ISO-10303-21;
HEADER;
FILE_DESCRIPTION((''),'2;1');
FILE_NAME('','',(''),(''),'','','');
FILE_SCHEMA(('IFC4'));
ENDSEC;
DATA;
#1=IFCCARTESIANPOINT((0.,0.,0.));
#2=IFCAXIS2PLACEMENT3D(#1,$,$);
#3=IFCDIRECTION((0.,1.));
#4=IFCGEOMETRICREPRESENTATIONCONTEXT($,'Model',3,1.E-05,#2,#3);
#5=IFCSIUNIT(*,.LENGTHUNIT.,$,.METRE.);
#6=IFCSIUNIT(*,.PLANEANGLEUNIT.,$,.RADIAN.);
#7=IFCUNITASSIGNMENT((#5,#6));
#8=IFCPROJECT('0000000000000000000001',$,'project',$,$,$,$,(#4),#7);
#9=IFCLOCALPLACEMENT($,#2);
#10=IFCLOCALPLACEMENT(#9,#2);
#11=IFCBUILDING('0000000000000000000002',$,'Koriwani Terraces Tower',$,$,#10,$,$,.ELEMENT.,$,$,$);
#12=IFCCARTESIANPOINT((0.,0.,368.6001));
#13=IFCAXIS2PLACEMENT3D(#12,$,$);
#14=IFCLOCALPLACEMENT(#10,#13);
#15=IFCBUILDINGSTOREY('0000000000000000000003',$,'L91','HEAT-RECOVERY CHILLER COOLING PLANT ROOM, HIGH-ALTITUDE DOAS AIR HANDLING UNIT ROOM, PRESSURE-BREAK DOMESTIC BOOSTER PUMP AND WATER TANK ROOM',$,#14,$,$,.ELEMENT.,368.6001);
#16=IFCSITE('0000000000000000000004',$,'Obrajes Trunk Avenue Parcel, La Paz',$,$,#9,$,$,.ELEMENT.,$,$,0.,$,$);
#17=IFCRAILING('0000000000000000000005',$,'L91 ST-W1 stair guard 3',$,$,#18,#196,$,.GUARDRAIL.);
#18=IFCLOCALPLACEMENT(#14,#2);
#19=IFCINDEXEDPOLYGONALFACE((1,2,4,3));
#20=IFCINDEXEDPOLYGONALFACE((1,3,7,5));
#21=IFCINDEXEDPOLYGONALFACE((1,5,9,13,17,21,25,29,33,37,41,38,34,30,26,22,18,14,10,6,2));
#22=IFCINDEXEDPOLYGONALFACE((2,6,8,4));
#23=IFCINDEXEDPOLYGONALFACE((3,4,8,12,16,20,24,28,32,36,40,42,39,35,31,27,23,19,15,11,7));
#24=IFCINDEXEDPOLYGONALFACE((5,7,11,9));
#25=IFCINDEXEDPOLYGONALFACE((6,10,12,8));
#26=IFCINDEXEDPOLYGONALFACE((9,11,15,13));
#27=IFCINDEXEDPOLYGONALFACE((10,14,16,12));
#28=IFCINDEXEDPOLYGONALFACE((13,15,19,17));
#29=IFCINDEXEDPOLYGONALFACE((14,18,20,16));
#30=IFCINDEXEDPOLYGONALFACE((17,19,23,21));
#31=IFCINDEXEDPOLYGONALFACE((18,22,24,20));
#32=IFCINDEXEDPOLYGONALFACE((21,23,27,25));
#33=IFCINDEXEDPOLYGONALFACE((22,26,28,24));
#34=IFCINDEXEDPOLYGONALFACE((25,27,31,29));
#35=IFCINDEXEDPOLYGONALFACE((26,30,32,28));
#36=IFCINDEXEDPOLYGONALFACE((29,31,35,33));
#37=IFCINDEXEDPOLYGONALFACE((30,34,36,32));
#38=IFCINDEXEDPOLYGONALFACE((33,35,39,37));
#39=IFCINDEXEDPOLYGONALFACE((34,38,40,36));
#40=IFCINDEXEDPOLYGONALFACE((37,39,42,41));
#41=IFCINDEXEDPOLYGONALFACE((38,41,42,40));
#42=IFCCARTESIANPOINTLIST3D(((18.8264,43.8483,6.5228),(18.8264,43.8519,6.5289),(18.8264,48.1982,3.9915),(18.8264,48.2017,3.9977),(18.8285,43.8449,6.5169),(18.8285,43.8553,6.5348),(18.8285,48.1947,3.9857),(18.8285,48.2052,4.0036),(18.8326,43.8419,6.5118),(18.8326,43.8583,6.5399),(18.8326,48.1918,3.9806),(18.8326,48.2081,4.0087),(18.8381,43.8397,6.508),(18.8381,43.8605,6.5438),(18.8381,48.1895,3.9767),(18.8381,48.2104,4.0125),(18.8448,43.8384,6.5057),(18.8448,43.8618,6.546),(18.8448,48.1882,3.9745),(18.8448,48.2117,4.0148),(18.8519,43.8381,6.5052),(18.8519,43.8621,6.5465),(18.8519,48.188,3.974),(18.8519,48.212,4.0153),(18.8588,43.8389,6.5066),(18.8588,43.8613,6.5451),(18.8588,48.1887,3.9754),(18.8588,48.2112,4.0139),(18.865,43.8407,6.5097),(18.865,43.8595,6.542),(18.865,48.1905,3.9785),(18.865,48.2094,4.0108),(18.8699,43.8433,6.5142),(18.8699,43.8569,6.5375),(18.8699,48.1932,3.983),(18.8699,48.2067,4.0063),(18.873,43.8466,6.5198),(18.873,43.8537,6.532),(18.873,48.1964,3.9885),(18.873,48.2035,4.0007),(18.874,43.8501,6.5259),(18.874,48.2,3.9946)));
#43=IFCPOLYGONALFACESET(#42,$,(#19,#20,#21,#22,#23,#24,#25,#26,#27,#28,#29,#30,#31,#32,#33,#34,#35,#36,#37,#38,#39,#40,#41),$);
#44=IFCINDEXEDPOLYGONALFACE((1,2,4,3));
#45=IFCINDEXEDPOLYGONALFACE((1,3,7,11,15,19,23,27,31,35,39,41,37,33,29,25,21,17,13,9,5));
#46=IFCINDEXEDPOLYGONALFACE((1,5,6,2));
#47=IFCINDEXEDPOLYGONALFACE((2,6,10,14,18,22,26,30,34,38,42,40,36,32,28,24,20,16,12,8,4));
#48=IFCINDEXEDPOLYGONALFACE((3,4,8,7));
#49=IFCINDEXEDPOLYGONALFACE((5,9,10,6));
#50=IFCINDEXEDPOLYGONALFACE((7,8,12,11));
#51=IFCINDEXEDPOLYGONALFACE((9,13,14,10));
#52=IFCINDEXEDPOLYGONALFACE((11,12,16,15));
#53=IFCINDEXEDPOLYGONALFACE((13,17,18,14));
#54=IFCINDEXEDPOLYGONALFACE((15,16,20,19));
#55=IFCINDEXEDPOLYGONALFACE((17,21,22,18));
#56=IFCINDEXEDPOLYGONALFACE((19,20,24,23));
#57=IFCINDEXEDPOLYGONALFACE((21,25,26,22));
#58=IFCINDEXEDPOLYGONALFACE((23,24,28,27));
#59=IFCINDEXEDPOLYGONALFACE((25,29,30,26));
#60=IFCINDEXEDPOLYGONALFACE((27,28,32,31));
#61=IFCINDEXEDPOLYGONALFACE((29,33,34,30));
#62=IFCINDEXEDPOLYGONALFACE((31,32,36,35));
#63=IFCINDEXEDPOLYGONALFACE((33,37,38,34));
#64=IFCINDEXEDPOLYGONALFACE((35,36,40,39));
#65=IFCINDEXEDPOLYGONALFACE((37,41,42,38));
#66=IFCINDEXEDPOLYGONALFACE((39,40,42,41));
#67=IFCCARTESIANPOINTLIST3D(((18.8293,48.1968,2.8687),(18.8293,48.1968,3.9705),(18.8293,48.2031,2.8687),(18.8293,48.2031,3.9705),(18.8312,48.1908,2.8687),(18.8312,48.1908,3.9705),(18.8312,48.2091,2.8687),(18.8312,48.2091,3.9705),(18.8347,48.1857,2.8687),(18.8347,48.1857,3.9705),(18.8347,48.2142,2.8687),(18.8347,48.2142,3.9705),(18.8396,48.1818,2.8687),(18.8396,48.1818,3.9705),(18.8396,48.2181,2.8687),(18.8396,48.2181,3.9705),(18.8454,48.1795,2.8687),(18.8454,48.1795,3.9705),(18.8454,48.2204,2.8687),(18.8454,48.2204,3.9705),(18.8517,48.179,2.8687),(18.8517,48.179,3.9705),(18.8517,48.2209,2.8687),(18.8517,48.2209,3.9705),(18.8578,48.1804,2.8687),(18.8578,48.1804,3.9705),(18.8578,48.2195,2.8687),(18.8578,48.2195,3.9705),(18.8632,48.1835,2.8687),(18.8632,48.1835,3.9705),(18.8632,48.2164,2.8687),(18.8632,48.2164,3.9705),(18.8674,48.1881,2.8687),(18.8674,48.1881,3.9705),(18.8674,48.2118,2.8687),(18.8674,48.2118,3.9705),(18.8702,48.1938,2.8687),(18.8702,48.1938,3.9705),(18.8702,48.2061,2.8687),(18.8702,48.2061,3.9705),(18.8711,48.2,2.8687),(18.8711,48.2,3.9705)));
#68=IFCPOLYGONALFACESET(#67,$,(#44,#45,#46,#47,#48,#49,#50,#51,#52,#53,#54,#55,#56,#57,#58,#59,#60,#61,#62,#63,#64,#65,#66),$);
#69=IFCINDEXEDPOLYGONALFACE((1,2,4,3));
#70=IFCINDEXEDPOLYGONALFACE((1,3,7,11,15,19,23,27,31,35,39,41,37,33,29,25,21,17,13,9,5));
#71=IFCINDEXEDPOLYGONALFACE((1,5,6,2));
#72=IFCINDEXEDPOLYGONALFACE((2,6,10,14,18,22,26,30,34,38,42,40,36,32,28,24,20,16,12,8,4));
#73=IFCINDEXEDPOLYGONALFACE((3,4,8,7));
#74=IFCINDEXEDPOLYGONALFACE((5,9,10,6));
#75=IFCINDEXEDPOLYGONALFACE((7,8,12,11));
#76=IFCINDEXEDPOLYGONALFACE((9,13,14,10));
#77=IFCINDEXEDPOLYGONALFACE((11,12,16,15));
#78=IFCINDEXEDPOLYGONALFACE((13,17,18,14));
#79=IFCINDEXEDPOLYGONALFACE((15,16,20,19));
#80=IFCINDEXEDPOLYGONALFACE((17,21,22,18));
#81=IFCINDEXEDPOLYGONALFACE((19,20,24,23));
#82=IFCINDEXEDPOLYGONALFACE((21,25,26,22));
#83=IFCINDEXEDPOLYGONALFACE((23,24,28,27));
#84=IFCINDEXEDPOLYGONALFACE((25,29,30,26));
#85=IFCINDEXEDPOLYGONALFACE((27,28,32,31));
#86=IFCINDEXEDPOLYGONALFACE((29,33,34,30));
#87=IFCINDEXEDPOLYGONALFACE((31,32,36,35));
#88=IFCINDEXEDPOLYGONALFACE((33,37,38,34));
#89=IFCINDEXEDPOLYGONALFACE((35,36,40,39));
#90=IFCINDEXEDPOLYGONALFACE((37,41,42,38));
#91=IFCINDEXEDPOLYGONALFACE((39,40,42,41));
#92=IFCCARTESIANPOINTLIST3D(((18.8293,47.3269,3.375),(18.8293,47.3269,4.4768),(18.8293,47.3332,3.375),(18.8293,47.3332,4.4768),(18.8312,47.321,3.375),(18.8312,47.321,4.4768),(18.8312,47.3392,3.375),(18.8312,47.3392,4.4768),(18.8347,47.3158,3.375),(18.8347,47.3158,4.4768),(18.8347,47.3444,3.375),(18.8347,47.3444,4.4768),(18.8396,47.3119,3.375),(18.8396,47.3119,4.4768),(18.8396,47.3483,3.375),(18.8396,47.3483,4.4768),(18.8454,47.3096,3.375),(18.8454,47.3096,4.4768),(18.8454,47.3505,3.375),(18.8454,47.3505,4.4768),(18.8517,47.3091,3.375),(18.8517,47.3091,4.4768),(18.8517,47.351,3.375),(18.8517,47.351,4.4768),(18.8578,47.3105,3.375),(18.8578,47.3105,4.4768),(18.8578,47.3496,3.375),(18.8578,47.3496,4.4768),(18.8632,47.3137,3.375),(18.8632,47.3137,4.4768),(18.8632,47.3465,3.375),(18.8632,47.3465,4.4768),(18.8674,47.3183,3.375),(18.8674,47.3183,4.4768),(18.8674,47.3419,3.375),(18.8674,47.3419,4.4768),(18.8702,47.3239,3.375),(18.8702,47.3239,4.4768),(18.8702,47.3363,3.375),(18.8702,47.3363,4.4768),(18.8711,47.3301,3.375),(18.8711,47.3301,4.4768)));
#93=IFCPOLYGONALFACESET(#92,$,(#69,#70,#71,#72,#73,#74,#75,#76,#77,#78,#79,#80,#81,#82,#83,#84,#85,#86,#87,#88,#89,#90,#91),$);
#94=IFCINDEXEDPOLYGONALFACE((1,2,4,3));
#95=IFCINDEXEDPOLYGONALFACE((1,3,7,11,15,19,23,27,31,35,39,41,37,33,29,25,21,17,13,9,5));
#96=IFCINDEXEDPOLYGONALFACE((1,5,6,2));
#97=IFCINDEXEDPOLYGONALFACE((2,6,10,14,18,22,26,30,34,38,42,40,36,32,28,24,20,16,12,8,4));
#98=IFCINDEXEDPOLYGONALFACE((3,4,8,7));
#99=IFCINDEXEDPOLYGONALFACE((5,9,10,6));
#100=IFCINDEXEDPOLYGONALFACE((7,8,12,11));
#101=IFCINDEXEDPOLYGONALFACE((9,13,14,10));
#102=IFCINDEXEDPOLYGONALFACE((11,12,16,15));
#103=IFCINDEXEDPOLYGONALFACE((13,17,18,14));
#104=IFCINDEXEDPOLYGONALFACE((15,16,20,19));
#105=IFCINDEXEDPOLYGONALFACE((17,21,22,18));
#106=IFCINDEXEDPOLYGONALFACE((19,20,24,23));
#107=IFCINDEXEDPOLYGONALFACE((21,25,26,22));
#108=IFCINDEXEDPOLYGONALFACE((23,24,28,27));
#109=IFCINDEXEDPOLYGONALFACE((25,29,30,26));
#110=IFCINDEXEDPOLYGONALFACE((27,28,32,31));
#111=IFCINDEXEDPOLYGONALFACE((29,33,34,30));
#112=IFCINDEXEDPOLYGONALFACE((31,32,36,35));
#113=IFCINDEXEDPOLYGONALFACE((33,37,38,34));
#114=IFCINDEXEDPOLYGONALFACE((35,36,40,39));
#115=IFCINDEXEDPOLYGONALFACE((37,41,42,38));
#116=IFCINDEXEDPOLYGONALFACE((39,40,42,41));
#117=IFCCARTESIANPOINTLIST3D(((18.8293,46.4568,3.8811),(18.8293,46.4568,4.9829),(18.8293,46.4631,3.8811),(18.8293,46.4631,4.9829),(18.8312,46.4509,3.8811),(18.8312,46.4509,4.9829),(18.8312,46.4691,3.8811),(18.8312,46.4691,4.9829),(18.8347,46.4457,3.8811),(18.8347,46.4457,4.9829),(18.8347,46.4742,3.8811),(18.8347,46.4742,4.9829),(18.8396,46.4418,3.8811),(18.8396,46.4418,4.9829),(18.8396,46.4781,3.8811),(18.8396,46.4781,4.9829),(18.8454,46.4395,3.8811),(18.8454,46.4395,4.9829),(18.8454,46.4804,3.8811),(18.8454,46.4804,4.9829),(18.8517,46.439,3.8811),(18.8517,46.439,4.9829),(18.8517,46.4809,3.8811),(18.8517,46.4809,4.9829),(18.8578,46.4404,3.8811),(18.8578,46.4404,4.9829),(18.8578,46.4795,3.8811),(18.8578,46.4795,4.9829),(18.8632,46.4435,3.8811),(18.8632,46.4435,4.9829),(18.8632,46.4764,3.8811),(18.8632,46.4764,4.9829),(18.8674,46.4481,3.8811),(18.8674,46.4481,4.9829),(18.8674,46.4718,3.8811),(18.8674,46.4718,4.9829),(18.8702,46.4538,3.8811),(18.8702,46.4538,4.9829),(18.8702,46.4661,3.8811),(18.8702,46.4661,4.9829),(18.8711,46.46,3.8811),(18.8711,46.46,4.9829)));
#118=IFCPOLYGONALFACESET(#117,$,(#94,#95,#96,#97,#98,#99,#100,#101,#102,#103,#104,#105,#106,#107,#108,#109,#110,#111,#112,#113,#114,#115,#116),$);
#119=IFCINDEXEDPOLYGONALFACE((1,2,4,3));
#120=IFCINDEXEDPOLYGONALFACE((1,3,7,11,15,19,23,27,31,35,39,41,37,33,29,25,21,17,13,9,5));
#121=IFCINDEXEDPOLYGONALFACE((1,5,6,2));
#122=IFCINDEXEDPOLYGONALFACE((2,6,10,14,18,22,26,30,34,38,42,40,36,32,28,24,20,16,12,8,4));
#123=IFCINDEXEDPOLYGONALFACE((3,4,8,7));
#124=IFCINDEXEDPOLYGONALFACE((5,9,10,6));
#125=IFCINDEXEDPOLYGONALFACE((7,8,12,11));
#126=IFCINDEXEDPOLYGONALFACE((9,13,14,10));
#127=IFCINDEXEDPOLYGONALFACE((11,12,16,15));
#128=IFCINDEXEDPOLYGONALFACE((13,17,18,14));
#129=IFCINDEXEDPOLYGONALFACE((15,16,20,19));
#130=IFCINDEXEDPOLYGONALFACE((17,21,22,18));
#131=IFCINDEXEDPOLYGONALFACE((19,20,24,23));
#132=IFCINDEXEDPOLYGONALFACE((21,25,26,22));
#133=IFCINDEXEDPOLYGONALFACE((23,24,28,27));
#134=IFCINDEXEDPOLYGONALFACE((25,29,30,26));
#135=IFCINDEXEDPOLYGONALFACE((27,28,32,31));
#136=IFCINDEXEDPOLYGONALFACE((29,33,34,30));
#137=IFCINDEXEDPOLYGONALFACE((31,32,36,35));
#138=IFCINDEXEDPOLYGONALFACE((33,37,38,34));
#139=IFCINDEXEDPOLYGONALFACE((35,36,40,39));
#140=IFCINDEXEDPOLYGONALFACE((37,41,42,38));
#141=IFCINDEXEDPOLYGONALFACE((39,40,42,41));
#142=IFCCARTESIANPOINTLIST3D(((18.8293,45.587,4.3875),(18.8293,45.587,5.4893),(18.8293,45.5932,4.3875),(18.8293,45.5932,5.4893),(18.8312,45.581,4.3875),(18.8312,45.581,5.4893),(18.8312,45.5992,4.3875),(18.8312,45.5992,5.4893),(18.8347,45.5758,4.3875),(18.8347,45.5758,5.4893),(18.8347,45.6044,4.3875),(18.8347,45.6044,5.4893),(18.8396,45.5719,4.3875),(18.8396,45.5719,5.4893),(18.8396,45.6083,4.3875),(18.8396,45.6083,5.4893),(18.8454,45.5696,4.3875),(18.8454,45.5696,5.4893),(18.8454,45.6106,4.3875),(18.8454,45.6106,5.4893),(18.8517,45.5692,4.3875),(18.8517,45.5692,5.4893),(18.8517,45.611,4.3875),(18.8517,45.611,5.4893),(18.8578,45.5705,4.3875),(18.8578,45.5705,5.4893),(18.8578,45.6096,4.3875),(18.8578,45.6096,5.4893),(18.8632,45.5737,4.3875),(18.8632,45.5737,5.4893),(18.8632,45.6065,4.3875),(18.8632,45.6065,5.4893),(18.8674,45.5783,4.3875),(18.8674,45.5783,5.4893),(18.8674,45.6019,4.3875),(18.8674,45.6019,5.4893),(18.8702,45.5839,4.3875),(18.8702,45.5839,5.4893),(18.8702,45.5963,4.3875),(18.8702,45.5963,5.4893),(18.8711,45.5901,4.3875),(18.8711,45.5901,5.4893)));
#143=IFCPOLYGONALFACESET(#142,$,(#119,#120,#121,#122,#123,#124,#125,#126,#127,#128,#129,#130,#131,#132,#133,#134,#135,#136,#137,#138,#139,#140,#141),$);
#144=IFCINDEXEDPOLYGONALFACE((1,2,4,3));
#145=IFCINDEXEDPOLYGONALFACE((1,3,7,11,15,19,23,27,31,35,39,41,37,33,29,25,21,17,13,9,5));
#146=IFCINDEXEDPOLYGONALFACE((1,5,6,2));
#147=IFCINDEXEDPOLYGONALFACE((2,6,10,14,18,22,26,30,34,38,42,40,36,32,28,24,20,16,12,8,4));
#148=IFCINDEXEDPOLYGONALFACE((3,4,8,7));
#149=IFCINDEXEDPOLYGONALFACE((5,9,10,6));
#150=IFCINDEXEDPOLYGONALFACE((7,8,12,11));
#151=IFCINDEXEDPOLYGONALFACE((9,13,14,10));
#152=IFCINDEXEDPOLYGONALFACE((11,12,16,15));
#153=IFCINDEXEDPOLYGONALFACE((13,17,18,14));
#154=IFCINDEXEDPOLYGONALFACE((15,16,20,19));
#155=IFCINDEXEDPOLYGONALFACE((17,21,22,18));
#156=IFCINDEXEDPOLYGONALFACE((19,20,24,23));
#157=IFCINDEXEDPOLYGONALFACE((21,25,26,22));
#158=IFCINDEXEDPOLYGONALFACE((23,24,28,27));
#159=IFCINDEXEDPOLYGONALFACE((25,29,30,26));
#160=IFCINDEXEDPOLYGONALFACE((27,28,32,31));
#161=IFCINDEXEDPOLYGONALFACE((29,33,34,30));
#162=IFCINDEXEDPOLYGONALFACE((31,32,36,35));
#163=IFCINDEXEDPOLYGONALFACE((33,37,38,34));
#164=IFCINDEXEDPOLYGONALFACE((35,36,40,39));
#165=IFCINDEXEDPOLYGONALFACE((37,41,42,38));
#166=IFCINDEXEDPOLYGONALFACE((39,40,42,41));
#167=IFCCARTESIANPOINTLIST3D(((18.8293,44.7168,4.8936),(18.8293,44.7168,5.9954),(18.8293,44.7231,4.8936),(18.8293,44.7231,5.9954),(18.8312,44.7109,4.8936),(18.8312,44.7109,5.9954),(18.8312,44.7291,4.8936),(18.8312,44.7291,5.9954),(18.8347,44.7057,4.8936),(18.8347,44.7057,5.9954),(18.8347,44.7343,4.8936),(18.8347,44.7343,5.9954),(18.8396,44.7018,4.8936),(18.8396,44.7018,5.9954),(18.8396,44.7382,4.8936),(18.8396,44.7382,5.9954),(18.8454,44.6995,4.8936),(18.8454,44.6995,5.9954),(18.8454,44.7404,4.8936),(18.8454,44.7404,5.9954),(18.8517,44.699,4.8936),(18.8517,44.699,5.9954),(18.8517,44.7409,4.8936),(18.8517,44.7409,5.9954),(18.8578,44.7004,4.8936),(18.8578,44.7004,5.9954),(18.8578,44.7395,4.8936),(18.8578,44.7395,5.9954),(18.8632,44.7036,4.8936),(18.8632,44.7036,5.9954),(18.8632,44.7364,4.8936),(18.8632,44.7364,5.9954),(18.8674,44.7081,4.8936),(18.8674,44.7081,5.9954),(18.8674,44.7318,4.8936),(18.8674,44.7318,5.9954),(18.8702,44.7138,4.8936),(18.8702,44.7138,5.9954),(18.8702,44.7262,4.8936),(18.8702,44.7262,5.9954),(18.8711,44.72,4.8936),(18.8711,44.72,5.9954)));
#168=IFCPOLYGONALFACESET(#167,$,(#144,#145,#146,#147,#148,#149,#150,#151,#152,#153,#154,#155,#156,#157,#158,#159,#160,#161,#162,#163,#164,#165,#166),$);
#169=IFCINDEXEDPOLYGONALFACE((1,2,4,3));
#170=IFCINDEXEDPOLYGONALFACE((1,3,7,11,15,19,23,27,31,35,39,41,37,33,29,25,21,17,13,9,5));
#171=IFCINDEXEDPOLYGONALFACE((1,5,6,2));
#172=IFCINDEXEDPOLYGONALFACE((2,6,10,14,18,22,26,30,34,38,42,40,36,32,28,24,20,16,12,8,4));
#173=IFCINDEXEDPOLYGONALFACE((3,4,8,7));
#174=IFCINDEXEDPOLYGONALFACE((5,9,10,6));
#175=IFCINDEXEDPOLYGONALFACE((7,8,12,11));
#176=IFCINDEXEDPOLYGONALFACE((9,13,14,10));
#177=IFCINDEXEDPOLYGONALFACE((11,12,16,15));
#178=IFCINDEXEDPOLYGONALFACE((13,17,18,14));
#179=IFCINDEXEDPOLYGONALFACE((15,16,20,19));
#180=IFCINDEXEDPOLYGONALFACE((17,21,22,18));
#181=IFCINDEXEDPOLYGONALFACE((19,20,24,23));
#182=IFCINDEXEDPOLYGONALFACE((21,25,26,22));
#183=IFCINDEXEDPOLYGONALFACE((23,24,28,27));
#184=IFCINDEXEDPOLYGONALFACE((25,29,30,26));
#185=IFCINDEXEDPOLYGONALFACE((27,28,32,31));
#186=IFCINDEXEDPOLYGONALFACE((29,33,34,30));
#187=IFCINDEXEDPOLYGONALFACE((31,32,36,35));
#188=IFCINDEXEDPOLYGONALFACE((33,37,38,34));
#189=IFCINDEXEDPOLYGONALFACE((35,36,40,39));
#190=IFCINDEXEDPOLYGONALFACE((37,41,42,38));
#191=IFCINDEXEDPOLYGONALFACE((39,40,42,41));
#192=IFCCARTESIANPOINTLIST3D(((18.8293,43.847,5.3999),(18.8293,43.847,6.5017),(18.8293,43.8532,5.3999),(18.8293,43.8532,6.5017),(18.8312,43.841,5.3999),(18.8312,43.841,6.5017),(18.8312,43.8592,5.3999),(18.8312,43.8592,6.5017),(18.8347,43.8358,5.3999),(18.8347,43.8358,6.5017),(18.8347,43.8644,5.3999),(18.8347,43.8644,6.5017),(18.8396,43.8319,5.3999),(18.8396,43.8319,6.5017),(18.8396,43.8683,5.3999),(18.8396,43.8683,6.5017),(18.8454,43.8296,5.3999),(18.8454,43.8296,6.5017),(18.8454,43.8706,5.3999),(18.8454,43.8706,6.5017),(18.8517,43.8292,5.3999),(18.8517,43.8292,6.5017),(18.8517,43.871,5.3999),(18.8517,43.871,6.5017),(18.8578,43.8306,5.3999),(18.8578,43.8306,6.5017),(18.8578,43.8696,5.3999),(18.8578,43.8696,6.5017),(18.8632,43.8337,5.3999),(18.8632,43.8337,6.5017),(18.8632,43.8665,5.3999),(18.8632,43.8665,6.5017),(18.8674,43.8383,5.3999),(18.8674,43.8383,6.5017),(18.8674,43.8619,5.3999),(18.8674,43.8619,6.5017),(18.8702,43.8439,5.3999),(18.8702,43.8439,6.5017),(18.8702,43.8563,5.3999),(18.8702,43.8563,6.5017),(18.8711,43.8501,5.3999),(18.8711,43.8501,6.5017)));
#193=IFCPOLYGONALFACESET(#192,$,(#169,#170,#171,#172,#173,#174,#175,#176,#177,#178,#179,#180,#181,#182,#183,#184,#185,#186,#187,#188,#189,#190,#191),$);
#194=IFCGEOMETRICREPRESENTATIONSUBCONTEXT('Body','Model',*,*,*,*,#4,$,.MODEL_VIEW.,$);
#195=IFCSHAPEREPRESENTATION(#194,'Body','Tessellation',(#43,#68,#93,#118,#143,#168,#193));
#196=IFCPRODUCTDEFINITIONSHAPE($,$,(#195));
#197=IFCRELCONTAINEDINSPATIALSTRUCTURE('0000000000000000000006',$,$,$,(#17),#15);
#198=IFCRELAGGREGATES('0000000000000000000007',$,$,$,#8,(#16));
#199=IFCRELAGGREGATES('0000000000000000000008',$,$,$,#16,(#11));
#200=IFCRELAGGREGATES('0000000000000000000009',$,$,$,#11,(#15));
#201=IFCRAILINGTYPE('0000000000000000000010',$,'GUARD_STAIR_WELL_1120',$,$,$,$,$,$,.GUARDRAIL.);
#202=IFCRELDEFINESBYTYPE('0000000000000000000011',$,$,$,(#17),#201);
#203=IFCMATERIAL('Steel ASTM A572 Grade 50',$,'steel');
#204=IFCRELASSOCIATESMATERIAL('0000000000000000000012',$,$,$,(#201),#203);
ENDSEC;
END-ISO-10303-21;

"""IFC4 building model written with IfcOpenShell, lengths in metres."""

from ifc_helpers import new_model, si_unit, direction, frame, origin, origin_2d, place, context, subcontext, project, spatial, circle, extrude, material, type_object, element, save


model = new_model("IFC4")

# Units and contexts
model_context = context("Model", 3, precision=1e-05, world=origin(), true_north=direction((0.0, 1.0)))
body_context = subcontext(model_context, "Body", "Model", "MODEL_VIEW")
ifc_project = project(units=[si_unit("LENGTHUNIT", "METRE"), si_unit("PLANEANGLEUNIT", "RADIAN")], contexts=[model_context])

# Site, building, storey
site_placement = place(None, origin())
site = spatial("IfcSite", under=ifc_project, at=site_placement, Name="Obrajes Trunk Avenue Parcel, La Paz", CompositionType="ELEMENT", RefElevation=0.0)
building_placement = place(site_placement, origin())
building = spatial("IfcBuilding", under=site, at=building_placement, Name="Koriwani Terraces Tower", CompositionType="ELEMENT")
storey_placement = place(building_placement, frame((0.0, 0.0, 368.6001)))
storey = spatial("IfcBuildingStorey", under=building, at=storey_placement, Name="L91", Description="HEAT-RECOVERY CHILLER COOLING PLANT ROOM, HIGH-ALTITUDE DOAS AIR HANDLING UNIT ROOM, PRESSURE-BREAK DOMESTIC BOOSTER PUMP AND WATER TANK ROOM", CompositionType="ELEMENT", Elevation=368.6001)

# Shared definitions
ifc_material_1 = material(Name="Steel ASTM A572 Grade 50", Category="steel")

# Railing
railing_type_1 = type_object("IfcRailingType", Name="GUARD_STAIR_WELL_1120", PredefinedType="GUARDRAIL", material=ifc_material_1)
railing_1_placement = place(storey_placement, frame((18.8501, 48.2, 2.8687)))
element("IfcRailing", 1, at=railing_1_placement, inside=storey, type_object=railing_type_1, Name="L91 ST-W1 stair guard 3", PredefinedType="GUARDRAIL", context=body_context, shape_type="SweptSolid", body=[
    extrude(circle(Radius=0.0239, at=origin_2d()), frame((0.0, 0.0, 1.126), z_axis=(0.0, -0.864312, 0.502957), x_axis=(1.0, 0.0, 0.0)), (0.0, 0.0, 1.0), 5.0327),
    extrude(circle(Radius=0.021, at=origin_2d()), origin(), (0.0, 0.0, 1.0), 1.1018),
    extrude(circle(Radius=0.021, at=origin_2d()), frame((0.0, -0.8699, 0.5063)), (0.0, 0.0, 1.0), 1.1018),
    extrude(circle(Radius=0.021, at=origin_2d()), frame((0.0, -1.74, 1.0125)), (0.0, 0.0, 1.0), 1.1018),
    extrude(circle(Radius=0.021, at=origin_2d()), frame((0.0, -2.6099, 1.5188)), (0.0, 0.0, 1.0), 1.1018),
    extrude(circle(Radius=0.021, at=origin_2d()), frame((0.0, -3.48, 2.0249)), (0.0, 0.0, 1.0), 1.1018),
    extrude(circle(Radius=0.021, at=origin_2d()), frame((0.0, -4.3499, 2.5312)), (0.0, 0.0, 1.0), 1.1018),
])

save(model, "model.ifc")
